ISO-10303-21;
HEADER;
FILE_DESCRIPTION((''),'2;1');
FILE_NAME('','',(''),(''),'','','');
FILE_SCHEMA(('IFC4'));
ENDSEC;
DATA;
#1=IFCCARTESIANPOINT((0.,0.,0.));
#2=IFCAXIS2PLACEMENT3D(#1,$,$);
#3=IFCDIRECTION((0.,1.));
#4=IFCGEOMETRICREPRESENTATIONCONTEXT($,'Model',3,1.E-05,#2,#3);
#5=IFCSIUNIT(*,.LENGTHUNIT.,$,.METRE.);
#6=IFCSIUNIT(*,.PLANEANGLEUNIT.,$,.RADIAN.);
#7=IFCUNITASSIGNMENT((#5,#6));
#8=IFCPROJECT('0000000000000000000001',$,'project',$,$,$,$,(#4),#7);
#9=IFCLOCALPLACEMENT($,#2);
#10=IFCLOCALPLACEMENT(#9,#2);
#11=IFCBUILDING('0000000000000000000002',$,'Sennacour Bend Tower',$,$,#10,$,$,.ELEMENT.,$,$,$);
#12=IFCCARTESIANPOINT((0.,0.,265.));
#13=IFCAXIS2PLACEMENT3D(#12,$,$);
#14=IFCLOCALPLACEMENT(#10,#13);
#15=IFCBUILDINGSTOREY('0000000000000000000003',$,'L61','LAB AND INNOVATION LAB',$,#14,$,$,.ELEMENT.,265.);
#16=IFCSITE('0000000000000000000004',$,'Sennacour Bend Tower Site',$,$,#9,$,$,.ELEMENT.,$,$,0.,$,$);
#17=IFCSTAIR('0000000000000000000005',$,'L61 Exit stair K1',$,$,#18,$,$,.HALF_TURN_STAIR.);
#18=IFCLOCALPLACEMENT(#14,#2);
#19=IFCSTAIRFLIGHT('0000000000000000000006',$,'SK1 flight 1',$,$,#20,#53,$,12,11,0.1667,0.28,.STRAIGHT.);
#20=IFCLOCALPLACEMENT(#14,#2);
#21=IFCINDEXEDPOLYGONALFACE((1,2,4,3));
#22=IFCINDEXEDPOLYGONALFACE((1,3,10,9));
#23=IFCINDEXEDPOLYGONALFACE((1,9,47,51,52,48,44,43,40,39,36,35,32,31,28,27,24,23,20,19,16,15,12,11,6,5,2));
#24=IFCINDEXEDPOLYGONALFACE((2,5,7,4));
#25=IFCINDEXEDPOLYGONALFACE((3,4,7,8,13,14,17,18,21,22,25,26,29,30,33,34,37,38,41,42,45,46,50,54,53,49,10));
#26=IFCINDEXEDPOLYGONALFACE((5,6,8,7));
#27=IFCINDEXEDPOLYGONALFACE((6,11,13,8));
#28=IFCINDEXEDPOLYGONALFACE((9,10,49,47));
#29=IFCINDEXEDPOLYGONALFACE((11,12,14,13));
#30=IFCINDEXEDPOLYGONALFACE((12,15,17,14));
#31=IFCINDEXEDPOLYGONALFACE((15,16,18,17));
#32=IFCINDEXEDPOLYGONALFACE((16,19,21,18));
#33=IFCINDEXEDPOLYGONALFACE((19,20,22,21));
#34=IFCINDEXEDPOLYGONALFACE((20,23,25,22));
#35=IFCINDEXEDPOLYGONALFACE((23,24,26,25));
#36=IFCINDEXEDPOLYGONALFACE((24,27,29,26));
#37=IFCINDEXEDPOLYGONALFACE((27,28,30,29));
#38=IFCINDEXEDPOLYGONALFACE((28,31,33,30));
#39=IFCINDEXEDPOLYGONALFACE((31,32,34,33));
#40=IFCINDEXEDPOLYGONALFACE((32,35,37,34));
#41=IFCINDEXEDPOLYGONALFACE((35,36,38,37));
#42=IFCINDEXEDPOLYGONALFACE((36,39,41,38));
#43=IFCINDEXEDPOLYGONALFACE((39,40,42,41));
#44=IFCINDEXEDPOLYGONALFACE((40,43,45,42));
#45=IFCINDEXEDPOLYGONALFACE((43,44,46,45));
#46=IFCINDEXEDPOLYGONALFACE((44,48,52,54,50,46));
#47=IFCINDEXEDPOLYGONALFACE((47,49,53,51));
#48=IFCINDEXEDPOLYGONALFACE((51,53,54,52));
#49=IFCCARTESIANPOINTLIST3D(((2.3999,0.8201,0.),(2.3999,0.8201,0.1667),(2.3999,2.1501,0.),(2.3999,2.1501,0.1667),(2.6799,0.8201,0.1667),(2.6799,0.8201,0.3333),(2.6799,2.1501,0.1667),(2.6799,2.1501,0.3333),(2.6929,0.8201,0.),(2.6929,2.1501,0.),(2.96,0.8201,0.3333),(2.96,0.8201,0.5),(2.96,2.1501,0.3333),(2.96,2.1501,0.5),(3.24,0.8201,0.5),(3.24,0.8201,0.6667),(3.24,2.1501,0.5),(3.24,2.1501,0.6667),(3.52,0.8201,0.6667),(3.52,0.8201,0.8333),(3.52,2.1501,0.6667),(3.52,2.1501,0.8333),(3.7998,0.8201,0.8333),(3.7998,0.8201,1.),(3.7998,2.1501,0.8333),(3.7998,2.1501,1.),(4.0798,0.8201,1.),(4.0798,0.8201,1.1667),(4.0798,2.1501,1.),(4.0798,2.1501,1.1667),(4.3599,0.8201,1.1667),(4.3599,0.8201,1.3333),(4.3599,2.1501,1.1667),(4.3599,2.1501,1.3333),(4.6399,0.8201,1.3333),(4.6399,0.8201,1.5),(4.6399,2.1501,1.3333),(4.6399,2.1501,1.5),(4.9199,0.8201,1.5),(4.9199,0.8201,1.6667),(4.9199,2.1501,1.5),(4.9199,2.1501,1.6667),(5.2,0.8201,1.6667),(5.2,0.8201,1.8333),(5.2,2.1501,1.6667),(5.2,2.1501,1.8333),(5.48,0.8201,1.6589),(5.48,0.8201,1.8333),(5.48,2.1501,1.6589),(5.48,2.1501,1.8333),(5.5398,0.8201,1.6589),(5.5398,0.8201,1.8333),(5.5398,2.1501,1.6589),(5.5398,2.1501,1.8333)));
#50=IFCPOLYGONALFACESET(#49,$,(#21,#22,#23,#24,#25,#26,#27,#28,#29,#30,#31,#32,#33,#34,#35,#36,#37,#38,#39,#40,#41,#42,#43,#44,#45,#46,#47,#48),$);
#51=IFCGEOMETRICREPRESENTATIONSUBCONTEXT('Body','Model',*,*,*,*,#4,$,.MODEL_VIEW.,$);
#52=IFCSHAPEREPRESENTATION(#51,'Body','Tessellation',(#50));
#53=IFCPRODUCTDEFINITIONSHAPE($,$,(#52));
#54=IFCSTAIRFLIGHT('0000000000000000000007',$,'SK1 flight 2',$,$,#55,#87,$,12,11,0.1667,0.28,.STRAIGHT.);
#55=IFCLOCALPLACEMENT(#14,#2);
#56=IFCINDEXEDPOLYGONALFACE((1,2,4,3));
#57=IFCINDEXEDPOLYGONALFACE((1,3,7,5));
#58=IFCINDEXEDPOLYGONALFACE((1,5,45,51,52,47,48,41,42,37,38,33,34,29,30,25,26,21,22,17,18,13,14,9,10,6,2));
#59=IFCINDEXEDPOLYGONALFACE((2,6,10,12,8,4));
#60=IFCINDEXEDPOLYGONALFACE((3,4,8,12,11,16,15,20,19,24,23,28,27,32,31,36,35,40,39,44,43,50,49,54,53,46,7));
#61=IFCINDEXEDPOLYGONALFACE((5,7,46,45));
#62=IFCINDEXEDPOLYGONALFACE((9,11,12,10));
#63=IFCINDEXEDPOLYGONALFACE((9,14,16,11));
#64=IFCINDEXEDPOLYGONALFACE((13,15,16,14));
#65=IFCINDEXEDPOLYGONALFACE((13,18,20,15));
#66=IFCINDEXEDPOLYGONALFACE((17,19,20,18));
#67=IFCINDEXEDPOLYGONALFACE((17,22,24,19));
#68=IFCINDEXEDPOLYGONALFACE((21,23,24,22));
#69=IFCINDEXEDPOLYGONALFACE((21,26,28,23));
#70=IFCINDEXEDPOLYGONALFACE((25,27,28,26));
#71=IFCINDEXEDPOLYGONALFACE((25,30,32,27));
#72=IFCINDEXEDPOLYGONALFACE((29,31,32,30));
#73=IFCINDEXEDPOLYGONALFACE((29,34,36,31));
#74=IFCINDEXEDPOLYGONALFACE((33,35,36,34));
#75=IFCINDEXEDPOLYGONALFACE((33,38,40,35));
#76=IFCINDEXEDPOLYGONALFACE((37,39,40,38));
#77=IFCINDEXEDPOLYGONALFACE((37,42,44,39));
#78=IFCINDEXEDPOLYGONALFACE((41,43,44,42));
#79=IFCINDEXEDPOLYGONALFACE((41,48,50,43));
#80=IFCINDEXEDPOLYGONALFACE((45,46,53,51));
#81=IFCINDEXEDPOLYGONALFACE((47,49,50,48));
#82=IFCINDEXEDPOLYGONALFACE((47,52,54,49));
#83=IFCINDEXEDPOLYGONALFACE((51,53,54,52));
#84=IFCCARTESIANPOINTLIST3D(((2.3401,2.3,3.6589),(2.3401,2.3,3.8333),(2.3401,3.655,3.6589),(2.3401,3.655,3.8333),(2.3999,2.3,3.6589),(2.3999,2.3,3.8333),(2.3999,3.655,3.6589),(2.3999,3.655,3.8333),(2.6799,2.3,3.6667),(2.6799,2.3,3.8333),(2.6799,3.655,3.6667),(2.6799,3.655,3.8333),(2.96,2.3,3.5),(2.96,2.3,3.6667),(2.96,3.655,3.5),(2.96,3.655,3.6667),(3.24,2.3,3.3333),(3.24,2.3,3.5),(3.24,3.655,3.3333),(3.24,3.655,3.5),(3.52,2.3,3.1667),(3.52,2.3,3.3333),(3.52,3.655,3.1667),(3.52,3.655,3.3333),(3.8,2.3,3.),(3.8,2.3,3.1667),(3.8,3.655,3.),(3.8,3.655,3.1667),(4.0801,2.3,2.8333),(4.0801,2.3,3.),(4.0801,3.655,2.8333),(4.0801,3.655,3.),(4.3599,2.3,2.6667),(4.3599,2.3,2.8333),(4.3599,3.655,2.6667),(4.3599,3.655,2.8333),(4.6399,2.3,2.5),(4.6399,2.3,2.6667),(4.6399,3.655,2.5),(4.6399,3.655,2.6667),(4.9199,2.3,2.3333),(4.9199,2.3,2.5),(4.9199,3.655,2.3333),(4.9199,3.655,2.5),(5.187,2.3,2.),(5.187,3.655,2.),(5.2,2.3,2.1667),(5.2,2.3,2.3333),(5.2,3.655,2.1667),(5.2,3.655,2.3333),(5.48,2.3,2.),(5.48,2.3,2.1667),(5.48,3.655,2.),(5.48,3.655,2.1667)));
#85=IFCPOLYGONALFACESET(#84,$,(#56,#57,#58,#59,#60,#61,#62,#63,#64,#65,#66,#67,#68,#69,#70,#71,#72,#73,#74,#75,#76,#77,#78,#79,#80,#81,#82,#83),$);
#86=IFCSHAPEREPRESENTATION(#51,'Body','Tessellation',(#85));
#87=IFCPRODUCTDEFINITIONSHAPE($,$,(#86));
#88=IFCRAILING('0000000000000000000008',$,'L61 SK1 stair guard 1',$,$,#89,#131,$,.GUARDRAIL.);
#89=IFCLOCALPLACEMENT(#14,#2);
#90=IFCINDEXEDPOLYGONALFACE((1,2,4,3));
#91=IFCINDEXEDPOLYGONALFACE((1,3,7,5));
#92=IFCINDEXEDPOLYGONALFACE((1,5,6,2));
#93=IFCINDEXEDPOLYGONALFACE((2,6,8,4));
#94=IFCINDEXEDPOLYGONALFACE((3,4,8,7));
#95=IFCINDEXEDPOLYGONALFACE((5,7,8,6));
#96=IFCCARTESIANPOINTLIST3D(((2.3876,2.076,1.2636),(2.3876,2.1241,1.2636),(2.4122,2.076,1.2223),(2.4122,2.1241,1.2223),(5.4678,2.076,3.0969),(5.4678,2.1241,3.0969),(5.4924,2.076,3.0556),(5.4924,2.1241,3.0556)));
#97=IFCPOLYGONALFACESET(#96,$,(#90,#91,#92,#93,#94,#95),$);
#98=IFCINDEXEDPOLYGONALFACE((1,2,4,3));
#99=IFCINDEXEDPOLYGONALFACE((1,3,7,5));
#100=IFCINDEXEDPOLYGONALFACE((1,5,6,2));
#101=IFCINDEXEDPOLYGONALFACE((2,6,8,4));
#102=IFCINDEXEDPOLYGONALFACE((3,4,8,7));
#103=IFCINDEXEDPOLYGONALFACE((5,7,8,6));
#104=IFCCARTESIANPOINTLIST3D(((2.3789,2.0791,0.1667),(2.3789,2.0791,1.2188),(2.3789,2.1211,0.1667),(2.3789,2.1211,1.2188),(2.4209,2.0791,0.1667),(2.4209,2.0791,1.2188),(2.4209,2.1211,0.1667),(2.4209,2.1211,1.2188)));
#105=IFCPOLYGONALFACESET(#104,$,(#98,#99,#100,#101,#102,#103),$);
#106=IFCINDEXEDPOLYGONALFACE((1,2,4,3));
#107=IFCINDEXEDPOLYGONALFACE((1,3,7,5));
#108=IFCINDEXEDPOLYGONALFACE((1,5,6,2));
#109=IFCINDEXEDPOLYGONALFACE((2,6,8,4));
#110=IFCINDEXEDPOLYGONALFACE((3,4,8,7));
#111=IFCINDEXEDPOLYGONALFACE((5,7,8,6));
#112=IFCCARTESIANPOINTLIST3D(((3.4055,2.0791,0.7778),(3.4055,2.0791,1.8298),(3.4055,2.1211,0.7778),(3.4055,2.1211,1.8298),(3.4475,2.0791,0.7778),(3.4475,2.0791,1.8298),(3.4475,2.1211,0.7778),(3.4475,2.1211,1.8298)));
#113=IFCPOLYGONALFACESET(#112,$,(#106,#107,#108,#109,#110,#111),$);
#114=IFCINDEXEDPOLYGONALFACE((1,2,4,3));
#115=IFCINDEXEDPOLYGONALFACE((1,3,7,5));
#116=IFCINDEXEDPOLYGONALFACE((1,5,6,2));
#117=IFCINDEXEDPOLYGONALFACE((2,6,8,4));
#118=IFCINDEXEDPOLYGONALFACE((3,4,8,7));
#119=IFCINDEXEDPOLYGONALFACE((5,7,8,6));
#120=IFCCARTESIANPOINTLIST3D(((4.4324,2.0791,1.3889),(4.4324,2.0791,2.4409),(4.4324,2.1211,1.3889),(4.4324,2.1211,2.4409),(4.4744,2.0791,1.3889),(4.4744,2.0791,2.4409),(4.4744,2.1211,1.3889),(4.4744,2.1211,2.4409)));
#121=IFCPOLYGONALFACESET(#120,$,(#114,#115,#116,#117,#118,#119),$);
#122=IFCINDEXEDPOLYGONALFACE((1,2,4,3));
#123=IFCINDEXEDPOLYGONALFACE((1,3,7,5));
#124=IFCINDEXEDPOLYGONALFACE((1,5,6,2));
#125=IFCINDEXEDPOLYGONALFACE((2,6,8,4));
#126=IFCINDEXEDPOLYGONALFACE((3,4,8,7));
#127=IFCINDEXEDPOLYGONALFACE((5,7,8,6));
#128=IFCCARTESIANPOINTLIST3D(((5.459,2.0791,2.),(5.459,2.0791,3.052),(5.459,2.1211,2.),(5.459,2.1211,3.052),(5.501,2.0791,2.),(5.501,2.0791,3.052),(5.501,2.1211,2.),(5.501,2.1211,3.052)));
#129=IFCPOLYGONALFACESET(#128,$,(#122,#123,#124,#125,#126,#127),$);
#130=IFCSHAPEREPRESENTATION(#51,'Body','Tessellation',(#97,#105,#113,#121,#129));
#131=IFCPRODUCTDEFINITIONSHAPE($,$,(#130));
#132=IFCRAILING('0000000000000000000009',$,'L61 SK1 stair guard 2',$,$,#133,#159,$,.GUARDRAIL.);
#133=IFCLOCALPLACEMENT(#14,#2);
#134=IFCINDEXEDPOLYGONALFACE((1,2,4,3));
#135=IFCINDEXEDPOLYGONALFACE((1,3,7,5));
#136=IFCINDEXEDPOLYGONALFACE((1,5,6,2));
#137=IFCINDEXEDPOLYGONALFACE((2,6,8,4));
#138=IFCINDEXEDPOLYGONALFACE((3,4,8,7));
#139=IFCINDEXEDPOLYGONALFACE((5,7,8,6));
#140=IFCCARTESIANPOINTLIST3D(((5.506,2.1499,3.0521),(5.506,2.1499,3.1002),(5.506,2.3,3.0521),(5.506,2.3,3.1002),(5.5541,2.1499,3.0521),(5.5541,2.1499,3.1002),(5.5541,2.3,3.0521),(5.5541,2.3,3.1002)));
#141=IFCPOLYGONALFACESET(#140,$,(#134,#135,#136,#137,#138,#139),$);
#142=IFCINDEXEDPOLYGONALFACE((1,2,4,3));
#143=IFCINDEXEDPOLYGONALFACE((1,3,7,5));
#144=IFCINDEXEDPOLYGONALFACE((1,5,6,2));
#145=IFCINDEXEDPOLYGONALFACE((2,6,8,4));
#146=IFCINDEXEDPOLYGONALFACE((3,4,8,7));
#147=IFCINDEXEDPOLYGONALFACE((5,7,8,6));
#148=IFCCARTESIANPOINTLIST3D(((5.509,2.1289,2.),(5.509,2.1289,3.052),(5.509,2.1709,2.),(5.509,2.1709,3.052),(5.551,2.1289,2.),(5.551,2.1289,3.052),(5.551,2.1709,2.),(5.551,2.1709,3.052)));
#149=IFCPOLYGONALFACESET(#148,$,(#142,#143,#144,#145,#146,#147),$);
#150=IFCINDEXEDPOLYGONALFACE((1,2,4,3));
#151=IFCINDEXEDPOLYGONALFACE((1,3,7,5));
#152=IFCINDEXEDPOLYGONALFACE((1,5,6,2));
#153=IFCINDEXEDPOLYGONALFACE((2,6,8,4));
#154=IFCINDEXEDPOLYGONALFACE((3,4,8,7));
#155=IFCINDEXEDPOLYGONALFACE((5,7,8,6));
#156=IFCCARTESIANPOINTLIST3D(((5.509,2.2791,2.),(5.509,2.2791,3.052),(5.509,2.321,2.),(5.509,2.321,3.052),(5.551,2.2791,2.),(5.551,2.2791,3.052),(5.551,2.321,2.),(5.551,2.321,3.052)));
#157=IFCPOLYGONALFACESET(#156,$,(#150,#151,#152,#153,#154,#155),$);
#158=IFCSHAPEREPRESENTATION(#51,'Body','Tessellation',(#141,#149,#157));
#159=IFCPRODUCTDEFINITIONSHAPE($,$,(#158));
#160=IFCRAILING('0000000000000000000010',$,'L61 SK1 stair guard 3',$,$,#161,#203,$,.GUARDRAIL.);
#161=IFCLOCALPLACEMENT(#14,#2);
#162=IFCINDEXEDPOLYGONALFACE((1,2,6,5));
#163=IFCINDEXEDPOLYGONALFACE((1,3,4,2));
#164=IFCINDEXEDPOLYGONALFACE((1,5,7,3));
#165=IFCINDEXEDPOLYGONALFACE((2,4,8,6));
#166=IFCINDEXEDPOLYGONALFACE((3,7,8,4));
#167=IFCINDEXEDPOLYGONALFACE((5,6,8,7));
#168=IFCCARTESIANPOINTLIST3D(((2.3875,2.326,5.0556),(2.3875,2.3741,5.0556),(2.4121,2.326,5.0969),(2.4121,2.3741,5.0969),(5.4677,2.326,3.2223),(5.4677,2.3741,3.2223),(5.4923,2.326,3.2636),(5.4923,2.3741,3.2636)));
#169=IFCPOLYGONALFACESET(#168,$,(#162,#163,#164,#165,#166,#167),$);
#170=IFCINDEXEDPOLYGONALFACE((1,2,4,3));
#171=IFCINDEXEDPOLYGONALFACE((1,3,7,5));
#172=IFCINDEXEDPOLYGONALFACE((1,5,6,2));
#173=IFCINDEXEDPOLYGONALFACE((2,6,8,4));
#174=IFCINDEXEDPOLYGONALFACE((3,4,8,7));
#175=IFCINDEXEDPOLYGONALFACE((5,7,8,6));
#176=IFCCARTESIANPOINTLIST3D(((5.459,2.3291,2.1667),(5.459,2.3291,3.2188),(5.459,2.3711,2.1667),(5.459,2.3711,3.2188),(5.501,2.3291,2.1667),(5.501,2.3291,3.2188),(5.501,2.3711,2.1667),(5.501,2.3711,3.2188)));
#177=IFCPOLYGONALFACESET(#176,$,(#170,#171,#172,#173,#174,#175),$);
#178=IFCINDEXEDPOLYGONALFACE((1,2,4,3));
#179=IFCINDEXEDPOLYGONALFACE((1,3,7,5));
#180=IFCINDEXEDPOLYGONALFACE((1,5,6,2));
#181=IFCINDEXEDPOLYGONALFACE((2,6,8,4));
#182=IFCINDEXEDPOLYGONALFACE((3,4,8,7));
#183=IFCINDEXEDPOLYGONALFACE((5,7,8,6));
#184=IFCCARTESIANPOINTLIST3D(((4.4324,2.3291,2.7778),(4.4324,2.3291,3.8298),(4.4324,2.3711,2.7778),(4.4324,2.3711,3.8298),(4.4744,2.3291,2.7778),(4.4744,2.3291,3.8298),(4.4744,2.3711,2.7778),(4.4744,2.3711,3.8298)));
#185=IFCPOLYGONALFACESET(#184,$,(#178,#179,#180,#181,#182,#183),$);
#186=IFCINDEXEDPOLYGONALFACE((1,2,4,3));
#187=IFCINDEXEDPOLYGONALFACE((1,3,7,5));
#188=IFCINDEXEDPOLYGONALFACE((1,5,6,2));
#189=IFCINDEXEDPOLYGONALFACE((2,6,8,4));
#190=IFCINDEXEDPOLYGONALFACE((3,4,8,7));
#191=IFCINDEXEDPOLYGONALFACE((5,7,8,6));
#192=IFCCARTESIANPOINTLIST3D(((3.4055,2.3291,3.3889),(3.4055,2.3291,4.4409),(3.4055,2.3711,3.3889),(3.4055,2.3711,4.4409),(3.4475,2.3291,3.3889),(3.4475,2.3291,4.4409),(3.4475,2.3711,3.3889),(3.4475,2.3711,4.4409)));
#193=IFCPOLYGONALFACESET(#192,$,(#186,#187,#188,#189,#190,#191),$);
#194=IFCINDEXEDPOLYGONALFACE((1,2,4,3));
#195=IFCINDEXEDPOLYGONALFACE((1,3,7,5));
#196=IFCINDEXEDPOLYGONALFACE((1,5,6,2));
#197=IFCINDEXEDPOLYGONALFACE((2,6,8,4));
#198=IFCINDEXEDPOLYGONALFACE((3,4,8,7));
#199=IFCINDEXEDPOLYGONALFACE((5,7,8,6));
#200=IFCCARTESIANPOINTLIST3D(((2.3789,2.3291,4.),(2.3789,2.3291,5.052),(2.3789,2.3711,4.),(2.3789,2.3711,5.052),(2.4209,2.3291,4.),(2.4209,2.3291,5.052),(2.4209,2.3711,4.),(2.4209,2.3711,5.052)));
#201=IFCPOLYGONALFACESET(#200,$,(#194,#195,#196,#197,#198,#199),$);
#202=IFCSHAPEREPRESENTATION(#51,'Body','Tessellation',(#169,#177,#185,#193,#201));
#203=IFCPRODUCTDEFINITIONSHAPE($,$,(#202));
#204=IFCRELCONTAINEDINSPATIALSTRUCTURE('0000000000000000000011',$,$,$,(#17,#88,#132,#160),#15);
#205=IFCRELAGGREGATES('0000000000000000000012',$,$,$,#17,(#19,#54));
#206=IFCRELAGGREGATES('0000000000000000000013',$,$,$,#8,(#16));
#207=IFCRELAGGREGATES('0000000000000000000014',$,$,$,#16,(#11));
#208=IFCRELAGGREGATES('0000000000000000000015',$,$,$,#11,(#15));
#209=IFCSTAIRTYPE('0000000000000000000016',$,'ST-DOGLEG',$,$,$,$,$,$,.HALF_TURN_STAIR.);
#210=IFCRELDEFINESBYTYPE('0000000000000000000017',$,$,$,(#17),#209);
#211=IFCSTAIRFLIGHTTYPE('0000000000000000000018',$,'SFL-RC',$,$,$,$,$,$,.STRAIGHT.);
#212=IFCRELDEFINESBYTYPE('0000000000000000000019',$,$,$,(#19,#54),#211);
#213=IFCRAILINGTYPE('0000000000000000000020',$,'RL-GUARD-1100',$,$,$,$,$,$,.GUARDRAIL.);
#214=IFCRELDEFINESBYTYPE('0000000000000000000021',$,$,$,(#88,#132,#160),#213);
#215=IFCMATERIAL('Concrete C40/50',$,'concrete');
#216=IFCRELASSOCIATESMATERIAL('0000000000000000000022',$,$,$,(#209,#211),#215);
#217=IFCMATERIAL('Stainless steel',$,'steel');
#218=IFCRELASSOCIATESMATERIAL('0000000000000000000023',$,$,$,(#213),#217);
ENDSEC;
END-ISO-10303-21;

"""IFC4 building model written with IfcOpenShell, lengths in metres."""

from ifc_helpers import new_model, si_unit, direction, frame, origin, origin_2d, place, context, subcontext, project, spatial, polyline, rectangle, outline, extrude, material, type_object, element, aggregate, save


model = new_model("IFC4")

# Units and contexts
model_context = context("Model", 3, precision=1e-05, world=origin(), true_north=direction((0.0, 1.0)))
body_context = subcontext(model_context, "Body", "Model", "MODEL_VIEW")
ifc_project = project(units=[si_unit("LENGTHUNIT", "METRE"), si_unit("PLANEANGLEUNIT", "RADIAN")], contexts=[model_context])

# Site, building, storey
site_placement = place(None, origin())
site = spatial("IfcSite", under=ifc_project, at=site_placement, Name="Sennacour Bend Tower Site", CompositionType="ELEMENT", RefElevation=0.0)
building_placement = place(site_placement, origin())
building = spatial("IfcBuilding", under=site, at=building_placement, Name="Sennacour Bend Tower", CompositionType="ELEMENT")
storey_placement = place(building_placement, frame((0.0, 0.0, 265.0)))
storey = spatial("IfcBuildingStorey", under=building, at=storey_placement, Name="L61", Description="LAB AND INNOVATION LAB", CompositionType="ELEMENT", Elevation=265.0)

# Shared definitions
ifc_material_1 = material(Name="Concrete C40/50", Category="concrete")

# Stair
stair_type = type_object("IfcStairType", Name="ST-DOGLEG", PredefinedType="HALF_TURN_STAIR", material=ifc_material_1)
stair_1_placement = place(storey_placement, origin())
stair_1 = element("IfcStair", 1, at=stair_1_placement, inside=storey, type_object=stair_type, Name="L61 Exit stair K1", PredefinedType="HALF_TURN_STAIR")

# Stair flights
stair_flight_type = type_object("IfcStairFlightType", Name="SFL-RC", PredefinedType="STRAIGHT", material=ifc_material_1)
stair_flight_1_placement = place(storey_placement, frame((2.3999, 1.4851, 0.0), z_axis=(0.0, 0.0, 1.0), x_axis=(1.0, 0.0, 0.0)))
stair_flight_1 = element("IfcStairFlight", 2, at=stair_flight_1_placement, type_object=stair_flight_type, Name="SK1 flight 1", NumberOfRisers=12, NumberOfTreads=11, PredefinedType="STRAIGHT", RiserHeight=0.1667, TreadLength=0.28, context=body_context, shape_type="SweptSolid", body=[
    extrude(outline(polyline([(0.0, 0.0), (0.0, 0.1667), (0.28, 0.1667), (0.28, 0.3333), (0.5601, 0.3333), (0.5601, 0.5), (0.8401, 0.5), (0.8401, 0.6667), (1.1201, 0.6667), (1.1201, 0.8333), (1.3999, 0.8333), (1.3999, 1.0), (1.6799, 1.0), (1.6799, 1.1667), (1.96, 1.1667), (1.96, 1.3333), (2.24, 1.3333), (2.24, 1.5), (2.52, 1.5), (2.52, 1.6667), (2.8, 1.6667), (2.8, 1.8333), (3.0801, 1.8333), (3.1399, 1.8333), (3.1399, 1.6589), (3.0801, 1.6589), (0.293, 0.0), (0.0, 0.0)])), frame((0.0, 0.665, 0.0), z_axis=(0.0, -1.0, 0.0), x_axis=(1.0, 0.0, 0.0)), (0.0, 0.0, 1.0), 1.3301),
])
stair_flight_2_placement = place(storey_placement, frame((5.48, 2.9775, 2.0), z_axis=(0.0, 0.0, 1.0), x_axis=(-1.0, 0.0, 0.0)))
stair_flight_2 = element("IfcStairFlight", 3, at=stair_flight_2_placement, type_object=stair_flight_type, Name="SK1 flight 2", NumberOfRisers=12, NumberOfTreads=11, PredefinedType="STRAIGHT", RiserHeight=0.1667, TreadLength=0.28, context=body_context, shape_type="SweptSolid", body=[
    extrude(outline(polyline([(0.0, 0.0), (0.0, 0.1667), (0.28, 0.1667), (0.28, 0.3333), (0.5601, 0.3333), (0.5601, 0.5), (0.8401, 0.5), (0.8401, 0.6667), (1.1201, 0.6667), (1.1201, 0.8333), (1.3999, 0.8333), (1.3999, 1.0), (1.6799, 1.0), (1.6799, 1.1667), (1.96, 1.1667), (1.96, 1.3333), (2.24, 1.3333), (2.24, 1.5), (2.52, 1.5), (2.52, 1.6667), (2.8, 1.6667), (2.8, 1.8333), (3.0801, 1.8333), (3.1399, 1.8333), (3.1399, 1.6589), (3.0801, 1.6589), (0.293, 0.0), (0.0, 0.0)])), frame((0.0, 0.6775, 0.0), z_axis=(0.0, -1.0, 0.0), x_axis=(1.0, 0.0, 0.0)), (0.0, 0.0, 1.0), 1.355),
])
aggregate(stair_1, [stair_flight_1, stair_flight_2])

# Railings
ifc_material_2 = material(Name="Stainless steel", Category="steel")
railing_type_1 = type_object("IfcRailingType", Name="RL-GUARD-1100", PredefinedType="GUARDRAIL", material=ifc_material_2)
railing_1_placement = place(storey_placement, frame((2.3999, 2.1001, 0.1667)))
element("IfcRailing", 4, at=railing_1_placement, inside=storey, type_object=railing_type_1, Name="L61 SK1 stair guard 1", PredefinedType="GUARDRAIL", context=body_context, shape_type="SweptSolid", body=[
    extrude(rectangle(XDim=0.0481, YDim=0.0481, at=origin_2d()), frame((0.0, 0.0, 1.0762), z_axis=(0.859309, 0.0, 0.511458), x_axis=(0.0, 1.0, 0.0)), (0.0, 0.0, 1.0), 3.5845),
    extrude(rectangle(XDim=0.042, YDim=0.042, at=origin_2d()), origin(), (0.0, 0.0, 1.0), 1.052),
    extrude(rectangle(XDim=0.042, YDim=0.042, at=origin_2d()), frame((1.0266, 0.0, 0.6111)), (0.0, 0.0, 1.0), 1.052),
    extrude(rectangle(XDim=0.042, YDim=0.042, at=origin_2d()), frame((2.0535, 0.0, 1.2222)), (0.0, 0.0, 1.0), 1.052),
    extrude(rectangle(XDim=0.042, YDim=0.042, at=origin_2d()), frame((3.0801, 0.0, 1.8333)), (0.0, 0.0, 1.0), 1.052),
])
railing_2_placement = place(storey_placement, frame((5.53, 2.1499, 2.0)))
element("IfcRailing", 5, at=railing_2_placement, inside=storey, type_object=railing_type_1, Name="L61 SK1 stair guard 2", PredefinedType="GUARDRAIL", context=body_context, shape_type="SweptSolid", body=[
    extrude(rectangle(XDim=0.0481, YDim=0.0481, at=origin_2d()), frame((0.0, 0.0, 1.0762), z_axis=(0.0, 1.0, 0.0), x_axis=(-1.0, 0.0, 0.0)), (0.0, 0.0, 1.0), 0.1501),
    extrude(rectangle(XDim=0.042, YDim=0.042, at=origin_2d()), origin(), (0.0, 0.0, 1.0), 1.052),
    extrude(rectangle(XDim=0.042, YDim=0.042, at=origin_2d()), frame((0.0, 0.1501, 0.0)), (0.0, 0.0, 1.0), 1.052),
])
railing_3_placement = place(storey_placement, frame((5.48, 2.3501, 2.1667)))
element("IfcRailing", 6, at=railing_3_placement, inside=storey, type_object=railing_type_1, Name="L61 SK1 stair guard 3", PredefinedType="GUARDRAIL", context=body_context, shape_type="SweptSolid", body=[
    extrude(rectangle(XDim=0.0481, YDim=0.0481, at=origin_2d()), frame((0.0, 0.0, 1.0762), z_axis=(-0.859309, 0.0, 0.511458), x_axis=(0.0, -1.0, 0.0)), (0.0, 0.0, 1.0), 3.5845),
    extrude(rectangle(XDim=0.042, YDim=0.042, at=origin_2d()), origin(), (0.0, 0.0, 1.0), 1.052),
    extrude(rectangle(XDim=0.042, YDim=0.042, at=origin_2d()), frame((-1.0266, 0.0, 0.6111)), (0.0, 0.0, 1.0), 1.052),
    extrude(rectangle(XDim=0.042, YDim=0.042, at=origin_2d()), frame((-2.0535, 0.0, 1.2222)), (0.0, 0.0, 1.0), 1.052),
    extrude(rectangle(XDim=0.042, YDim=0.042, at=origin_2d()), frame((-3.0801, 0.0, 1.8333)), (0.0, 0.0, 1.0), 1.052),
])

save(model, "model.ifc")
